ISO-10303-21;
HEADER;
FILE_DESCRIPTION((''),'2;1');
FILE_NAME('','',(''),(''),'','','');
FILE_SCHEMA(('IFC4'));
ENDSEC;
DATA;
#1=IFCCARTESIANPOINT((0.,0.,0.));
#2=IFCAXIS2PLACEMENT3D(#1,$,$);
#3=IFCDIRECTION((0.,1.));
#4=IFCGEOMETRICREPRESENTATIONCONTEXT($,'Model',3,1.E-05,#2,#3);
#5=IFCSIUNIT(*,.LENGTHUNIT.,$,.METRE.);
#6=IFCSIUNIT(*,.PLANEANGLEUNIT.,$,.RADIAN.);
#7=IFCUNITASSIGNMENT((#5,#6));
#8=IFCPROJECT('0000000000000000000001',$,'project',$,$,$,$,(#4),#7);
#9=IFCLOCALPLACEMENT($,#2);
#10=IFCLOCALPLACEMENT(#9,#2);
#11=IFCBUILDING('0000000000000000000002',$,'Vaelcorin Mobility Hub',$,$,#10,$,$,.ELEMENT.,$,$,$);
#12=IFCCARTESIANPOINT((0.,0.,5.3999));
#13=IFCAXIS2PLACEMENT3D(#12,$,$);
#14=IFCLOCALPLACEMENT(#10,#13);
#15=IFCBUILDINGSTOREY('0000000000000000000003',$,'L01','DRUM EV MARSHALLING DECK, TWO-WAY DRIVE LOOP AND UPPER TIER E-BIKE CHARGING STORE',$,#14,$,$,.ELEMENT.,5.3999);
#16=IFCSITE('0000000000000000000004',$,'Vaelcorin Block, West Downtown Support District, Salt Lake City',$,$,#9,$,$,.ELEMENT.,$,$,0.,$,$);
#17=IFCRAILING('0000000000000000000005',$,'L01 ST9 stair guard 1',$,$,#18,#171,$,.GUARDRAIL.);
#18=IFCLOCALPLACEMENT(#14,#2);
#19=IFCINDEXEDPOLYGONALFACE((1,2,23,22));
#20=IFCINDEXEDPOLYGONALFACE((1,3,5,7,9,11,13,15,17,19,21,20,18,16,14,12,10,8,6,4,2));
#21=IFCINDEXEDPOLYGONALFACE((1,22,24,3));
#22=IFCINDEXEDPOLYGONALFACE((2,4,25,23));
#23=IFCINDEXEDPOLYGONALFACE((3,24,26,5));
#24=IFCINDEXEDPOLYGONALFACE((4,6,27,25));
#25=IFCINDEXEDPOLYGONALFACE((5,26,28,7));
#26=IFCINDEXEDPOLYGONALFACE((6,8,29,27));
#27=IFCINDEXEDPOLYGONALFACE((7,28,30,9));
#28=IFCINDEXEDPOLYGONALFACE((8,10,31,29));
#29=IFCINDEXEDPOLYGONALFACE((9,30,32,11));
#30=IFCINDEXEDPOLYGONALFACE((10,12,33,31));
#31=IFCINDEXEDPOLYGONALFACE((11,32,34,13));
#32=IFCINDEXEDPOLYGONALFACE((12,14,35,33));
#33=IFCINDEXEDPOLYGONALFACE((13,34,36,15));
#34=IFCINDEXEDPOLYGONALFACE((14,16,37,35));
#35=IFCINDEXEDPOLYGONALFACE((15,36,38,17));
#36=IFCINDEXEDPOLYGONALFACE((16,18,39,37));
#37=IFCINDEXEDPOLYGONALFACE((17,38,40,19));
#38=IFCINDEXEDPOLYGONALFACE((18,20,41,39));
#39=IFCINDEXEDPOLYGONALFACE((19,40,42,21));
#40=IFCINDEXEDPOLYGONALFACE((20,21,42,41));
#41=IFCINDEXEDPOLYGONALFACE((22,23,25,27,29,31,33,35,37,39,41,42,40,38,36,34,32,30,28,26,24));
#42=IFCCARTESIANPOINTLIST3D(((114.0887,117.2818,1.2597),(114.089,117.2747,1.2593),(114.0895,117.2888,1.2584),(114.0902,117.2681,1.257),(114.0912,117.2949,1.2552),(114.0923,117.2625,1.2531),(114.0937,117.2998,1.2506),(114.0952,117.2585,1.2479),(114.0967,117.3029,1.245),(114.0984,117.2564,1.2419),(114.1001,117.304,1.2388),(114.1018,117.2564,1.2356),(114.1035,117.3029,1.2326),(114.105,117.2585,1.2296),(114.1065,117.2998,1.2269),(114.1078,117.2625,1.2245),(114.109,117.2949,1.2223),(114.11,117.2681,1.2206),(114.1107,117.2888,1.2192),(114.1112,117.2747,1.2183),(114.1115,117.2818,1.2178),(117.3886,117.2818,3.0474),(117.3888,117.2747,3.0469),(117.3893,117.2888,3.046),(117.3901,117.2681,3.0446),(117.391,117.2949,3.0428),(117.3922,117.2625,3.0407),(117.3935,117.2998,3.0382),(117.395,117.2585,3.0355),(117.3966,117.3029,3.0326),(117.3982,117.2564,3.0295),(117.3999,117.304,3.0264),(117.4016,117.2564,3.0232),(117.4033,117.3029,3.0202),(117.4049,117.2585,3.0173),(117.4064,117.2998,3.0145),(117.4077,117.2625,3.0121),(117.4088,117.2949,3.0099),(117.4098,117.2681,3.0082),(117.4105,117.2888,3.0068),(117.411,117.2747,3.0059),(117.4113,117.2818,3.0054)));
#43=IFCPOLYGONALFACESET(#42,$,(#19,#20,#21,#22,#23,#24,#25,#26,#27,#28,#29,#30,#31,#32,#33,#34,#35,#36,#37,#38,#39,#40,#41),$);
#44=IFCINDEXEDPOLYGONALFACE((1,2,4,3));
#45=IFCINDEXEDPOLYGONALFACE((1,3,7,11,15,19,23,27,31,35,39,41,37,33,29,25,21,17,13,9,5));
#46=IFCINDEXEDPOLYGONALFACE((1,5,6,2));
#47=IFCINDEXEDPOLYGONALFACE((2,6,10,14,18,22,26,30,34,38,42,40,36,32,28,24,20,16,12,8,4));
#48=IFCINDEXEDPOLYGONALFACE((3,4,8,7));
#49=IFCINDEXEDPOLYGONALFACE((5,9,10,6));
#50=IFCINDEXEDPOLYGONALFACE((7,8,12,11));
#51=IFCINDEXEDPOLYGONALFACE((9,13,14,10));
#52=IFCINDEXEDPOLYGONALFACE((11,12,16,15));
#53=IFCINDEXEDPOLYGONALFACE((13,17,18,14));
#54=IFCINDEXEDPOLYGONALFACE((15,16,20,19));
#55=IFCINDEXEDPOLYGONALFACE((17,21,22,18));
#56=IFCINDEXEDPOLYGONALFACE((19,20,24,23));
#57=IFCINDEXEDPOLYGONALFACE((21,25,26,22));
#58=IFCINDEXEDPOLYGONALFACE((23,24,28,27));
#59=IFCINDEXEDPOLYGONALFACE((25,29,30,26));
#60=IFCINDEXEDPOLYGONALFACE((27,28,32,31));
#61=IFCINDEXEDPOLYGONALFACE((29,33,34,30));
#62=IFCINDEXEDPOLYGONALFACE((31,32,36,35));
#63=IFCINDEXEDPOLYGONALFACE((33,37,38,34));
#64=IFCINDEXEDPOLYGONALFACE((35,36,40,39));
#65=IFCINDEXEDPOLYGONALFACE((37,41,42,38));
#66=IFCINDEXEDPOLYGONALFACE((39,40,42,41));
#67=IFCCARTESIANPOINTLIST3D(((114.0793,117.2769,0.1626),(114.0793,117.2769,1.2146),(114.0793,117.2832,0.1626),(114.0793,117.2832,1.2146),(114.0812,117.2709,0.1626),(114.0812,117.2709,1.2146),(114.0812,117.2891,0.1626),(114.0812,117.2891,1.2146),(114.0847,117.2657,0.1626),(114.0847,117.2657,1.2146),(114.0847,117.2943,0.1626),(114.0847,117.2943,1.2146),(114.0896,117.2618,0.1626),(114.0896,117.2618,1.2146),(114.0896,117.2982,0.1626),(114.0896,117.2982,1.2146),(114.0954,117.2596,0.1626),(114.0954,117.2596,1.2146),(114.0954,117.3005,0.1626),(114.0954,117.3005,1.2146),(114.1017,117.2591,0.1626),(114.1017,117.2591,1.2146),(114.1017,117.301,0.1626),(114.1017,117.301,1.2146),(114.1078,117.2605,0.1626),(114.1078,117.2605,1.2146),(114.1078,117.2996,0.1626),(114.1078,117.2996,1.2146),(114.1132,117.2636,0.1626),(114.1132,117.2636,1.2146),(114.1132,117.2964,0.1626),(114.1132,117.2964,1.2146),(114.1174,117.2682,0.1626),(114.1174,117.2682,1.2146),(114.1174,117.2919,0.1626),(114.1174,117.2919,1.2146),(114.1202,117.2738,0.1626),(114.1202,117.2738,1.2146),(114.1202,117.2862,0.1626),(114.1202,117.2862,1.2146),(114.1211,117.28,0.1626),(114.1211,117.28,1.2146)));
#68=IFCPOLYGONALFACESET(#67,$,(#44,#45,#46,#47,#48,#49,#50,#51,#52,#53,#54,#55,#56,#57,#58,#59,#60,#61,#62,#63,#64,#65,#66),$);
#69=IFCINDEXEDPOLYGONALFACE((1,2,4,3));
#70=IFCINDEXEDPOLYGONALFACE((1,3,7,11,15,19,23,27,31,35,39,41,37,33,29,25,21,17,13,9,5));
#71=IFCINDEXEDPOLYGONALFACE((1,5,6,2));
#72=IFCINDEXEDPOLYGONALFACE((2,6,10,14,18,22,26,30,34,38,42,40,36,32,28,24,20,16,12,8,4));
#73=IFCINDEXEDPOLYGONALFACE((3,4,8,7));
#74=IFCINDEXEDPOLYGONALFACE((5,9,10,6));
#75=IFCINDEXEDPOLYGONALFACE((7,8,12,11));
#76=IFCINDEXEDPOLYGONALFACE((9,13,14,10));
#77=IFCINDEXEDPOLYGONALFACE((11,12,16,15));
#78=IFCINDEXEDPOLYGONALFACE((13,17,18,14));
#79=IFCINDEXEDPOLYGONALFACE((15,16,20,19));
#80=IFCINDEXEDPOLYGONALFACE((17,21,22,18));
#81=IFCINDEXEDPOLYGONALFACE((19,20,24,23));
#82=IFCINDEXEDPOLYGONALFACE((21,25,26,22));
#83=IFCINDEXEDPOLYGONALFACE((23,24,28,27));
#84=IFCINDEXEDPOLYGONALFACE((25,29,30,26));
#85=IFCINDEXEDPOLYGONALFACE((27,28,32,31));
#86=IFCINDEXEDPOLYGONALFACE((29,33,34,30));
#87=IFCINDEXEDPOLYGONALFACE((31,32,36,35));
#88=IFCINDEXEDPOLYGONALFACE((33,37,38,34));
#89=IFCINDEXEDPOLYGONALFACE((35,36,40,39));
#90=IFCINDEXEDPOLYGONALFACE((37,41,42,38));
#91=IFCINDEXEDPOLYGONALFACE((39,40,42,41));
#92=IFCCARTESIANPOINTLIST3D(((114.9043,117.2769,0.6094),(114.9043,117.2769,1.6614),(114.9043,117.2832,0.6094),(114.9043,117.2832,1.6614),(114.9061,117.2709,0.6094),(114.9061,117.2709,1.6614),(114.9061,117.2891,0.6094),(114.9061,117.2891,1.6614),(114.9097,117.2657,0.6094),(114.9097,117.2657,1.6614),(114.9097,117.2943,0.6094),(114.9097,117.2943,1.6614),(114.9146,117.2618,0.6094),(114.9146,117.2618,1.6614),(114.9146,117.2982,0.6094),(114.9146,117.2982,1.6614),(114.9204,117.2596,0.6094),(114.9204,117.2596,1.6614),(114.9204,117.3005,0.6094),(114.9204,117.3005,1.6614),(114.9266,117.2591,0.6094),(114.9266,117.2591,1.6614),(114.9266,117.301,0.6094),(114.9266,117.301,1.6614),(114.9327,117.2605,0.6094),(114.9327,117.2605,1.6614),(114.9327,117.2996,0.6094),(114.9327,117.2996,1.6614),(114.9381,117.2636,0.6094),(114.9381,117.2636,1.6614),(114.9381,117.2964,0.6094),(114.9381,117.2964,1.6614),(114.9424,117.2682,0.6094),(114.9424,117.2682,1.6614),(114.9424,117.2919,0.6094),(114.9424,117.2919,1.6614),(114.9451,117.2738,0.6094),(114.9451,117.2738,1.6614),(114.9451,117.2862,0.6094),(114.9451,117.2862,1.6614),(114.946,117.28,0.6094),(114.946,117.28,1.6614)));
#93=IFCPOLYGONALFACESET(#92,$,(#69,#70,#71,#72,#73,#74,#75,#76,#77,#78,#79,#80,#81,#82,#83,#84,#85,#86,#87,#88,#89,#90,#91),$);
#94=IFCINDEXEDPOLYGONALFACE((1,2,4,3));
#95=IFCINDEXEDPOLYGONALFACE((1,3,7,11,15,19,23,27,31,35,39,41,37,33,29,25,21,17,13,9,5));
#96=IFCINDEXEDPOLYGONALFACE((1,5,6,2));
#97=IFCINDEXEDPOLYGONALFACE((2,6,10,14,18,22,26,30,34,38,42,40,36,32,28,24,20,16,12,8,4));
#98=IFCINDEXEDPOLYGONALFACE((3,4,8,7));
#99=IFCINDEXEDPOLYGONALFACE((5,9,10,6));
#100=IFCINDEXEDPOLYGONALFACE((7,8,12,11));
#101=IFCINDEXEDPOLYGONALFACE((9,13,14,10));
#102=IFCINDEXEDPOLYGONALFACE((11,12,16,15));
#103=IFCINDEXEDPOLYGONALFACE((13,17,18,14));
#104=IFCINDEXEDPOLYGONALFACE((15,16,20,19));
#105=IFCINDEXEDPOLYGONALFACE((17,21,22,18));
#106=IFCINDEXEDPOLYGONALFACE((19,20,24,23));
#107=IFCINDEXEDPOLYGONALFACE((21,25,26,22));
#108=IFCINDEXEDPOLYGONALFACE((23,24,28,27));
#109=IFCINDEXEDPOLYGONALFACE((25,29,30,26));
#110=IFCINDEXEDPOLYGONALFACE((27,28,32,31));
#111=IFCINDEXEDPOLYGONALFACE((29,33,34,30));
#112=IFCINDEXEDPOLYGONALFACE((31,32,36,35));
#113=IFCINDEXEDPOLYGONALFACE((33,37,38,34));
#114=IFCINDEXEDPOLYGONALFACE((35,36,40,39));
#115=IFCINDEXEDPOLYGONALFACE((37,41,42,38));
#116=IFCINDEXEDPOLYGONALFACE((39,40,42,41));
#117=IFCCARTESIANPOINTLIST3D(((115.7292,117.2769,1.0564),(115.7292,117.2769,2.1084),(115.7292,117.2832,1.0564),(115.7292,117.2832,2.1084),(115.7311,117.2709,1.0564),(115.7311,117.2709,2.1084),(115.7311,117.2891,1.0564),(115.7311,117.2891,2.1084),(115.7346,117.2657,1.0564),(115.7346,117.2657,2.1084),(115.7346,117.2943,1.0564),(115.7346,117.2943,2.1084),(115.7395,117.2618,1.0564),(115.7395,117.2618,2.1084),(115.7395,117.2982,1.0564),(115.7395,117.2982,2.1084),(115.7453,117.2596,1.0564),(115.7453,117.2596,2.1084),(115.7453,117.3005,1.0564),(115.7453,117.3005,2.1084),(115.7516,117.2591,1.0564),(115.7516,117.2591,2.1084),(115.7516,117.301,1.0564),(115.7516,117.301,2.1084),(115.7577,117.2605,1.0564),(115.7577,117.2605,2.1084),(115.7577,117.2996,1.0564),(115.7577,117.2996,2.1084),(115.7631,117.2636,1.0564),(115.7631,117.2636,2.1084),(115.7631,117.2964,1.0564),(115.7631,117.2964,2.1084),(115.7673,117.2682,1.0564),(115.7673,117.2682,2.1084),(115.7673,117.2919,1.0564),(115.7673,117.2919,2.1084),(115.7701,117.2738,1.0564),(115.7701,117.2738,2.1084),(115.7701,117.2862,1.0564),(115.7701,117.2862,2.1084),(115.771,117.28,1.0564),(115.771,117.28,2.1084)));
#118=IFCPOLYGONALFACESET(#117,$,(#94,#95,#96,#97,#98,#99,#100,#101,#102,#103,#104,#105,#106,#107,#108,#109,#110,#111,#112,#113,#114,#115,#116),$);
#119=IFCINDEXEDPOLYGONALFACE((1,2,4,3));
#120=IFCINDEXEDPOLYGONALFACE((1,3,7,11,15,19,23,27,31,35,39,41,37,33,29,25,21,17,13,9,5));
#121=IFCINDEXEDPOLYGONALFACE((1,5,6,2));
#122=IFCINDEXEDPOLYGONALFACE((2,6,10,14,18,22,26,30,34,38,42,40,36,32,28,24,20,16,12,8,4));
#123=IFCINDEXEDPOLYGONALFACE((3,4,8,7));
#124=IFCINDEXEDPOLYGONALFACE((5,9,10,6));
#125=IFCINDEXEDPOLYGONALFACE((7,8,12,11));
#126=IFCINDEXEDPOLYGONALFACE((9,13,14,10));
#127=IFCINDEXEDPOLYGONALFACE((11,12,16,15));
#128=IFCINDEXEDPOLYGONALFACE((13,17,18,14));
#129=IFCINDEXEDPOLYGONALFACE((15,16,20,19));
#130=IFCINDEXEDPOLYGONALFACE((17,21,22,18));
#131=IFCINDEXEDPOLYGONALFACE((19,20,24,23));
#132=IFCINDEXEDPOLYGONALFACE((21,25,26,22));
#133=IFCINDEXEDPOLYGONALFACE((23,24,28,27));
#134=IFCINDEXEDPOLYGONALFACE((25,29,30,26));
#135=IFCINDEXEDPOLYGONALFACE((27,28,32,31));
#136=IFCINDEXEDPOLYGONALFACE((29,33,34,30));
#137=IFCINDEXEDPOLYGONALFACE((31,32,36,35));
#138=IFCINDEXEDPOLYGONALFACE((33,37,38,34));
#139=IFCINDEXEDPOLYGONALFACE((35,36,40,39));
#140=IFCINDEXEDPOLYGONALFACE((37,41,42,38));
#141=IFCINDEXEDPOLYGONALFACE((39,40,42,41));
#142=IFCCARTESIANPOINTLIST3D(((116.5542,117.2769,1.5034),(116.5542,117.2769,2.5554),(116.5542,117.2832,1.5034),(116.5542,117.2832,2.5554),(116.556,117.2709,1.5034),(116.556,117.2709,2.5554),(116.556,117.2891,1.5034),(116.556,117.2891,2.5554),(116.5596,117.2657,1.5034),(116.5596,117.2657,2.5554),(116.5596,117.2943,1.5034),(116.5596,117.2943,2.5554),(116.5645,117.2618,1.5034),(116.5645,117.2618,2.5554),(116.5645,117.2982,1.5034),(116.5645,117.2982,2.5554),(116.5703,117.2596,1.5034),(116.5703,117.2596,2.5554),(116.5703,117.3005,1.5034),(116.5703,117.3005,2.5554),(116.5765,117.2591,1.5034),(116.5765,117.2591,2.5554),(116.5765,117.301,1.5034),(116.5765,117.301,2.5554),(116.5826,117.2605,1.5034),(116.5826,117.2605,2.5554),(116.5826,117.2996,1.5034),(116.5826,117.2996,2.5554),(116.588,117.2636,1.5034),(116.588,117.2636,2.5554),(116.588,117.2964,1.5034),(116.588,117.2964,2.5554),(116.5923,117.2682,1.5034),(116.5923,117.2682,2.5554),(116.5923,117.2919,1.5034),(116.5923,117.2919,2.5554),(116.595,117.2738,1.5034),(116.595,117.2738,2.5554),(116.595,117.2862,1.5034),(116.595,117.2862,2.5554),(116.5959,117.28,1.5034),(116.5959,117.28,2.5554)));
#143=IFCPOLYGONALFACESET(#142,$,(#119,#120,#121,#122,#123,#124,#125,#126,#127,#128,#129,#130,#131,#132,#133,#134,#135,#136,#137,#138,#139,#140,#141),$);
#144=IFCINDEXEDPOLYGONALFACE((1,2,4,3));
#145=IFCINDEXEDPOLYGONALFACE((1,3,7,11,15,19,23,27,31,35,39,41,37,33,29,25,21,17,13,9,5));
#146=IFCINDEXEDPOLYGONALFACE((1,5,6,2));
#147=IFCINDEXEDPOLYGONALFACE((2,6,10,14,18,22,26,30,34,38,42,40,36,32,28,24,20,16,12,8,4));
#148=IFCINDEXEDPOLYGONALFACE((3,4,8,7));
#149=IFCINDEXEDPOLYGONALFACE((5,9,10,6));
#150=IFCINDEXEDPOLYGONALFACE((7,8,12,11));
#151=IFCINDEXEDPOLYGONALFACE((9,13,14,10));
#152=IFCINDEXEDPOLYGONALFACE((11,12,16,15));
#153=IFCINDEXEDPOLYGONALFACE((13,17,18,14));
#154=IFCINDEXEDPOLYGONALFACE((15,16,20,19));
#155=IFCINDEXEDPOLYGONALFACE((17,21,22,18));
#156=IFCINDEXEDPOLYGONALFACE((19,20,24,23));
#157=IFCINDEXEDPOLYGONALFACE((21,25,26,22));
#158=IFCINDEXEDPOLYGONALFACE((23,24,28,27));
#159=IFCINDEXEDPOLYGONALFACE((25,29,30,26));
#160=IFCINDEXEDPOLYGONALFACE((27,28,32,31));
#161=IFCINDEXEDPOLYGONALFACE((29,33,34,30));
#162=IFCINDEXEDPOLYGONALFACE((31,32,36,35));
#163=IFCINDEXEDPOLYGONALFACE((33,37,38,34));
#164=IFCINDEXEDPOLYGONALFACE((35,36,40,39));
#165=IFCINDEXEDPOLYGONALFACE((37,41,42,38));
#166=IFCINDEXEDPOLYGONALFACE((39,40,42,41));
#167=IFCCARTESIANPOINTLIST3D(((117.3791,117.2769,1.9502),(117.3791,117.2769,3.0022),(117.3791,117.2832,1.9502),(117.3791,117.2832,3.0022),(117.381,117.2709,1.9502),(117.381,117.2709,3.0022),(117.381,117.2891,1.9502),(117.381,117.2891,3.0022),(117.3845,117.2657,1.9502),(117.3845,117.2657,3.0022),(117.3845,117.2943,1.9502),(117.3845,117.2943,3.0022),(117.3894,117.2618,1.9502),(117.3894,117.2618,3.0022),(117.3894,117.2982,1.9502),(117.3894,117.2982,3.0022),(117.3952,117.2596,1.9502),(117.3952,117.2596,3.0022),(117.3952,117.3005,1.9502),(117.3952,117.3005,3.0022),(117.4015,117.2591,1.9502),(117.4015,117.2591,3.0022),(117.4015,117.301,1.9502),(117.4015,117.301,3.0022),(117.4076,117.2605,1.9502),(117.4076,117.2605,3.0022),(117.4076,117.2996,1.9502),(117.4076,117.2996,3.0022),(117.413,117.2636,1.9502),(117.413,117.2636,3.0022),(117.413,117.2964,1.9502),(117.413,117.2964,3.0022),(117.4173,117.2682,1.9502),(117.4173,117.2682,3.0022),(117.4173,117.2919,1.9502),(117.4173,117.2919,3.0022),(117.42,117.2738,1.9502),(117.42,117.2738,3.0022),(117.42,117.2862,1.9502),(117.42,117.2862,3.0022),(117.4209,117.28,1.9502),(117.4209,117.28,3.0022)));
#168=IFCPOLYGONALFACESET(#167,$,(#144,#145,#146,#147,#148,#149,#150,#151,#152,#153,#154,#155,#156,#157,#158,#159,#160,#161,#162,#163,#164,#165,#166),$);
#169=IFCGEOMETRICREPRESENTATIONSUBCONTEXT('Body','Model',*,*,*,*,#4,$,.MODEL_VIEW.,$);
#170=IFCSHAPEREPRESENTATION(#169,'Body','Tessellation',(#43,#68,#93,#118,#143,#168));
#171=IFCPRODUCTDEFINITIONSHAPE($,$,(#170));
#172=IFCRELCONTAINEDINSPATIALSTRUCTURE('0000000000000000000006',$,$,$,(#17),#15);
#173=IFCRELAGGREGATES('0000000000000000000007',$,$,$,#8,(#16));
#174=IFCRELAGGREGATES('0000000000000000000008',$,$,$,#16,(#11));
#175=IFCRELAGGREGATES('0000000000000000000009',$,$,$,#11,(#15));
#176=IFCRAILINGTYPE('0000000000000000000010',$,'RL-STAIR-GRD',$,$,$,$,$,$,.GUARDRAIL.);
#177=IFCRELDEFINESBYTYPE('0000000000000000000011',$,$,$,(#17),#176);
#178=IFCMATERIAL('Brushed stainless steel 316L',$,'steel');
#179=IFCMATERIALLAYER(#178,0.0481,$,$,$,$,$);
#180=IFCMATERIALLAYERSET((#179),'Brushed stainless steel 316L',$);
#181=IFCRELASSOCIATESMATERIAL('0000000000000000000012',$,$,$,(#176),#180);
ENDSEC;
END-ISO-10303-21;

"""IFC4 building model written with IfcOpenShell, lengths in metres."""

from ifc_helpers import new_model, si_unit, direction, frame, origin, origin_2d, place, context, subcontext, project, spatial, circle, extrude, material, layer, layer_set, type_object, element, save


model = new_model("IFC4")

# Units and contexts
model_context = context("Model", 3, precision=1e-05, world=origin(), true_north=direction((0.0, 1.0)))
body_context = subcontext(model_context, "Body", "Model", "MODEL_VIEW")
ifc_project = project(units=[si_unit("LENGTHUNIT", "METRE"), si_unit("PLANEANGLEUNIT", "RADIAN")], contexts=[model_context])

# Site, building, storey
site_placement = place(None, origin())
site = spatial("IfcSite", under=ifc_project, at=site_placement, Name="Vaelcorin Block, West Downtown Support District, Salt Lake City", CompositionType="ELEMENT", RefElevation=0.0)
building_placement = place(site_placement, origin())
building = spatial("IfcBuilding", under=site, at=building_placement, Name="Vaelcorin Mobility Hub", CompositionType="ELEMENT")
storey_placement = place(building_placement, frame((0.0, 0.0, 5.3999)))
storey = spatial("IfcBuildingStorey", under=building, at=storey_placement, Name="L01", Description="DRUM EV MARSHALLING DECK, TWO-WAY DRIVE LOOP AND UPPER TIER E-BIKE CHARGING STORE", CompositionType="ELEMENT", Elevation=5.3999)

# Railing
ifc_material_1 = material(Name="Brushed stainless steel 316L", Category="steel")
ifc_layer_1 = layer(ifc_material_1, 0.0481)
ifc_layer_set_1 = layer_set([ifc_layer_1], Name="Brushed stainless steel 316L")
railing_type_1 = type_object("IfcRailingType", Name="RL-STAIR-GRD", PredefinedType="GUARDRAIL", material=ifc_layer_set_1)
railing_1_placement = place(storey_placement, frame((114.1001, 117.28, 0.1626)))
element("IfcRailing", 1, at=railing_1_placement, inside=storey, type_object=railing_type_1, Name="L01 ST9 stair guard 1", PredefinedType="GUARDRAIL", context=body_context, shape_type="SweptSolid", body=[
    extrude(circle(Radius=0.0239, at=origin_2d()), frame((0.0, 0.0, 1.0762), z_axis=(0.879269, 0.0, 0.476325), x_axis=(0.0, 1.0, 0.0)), (0.0, 0.0, 1.0), 3.7529),
    extrude(circle(Radius=0.021, at=origin_2d()), origin(), (0.0, 0.0, 1.0), 1.052),
    extrude(circle(Radius=0.021, at=origin_2d()), frame((0.825, 0.0, 0.4468)), (0.0, 0.0, 1.0), 1.052),
    extrude(circle(Radius=0.021, at=origin_2d()), frame((1.6499, 0.0, 0.8938)), (0.0, 0.0, 1.0), 1.052),
    extrude(circle(Radius=0.021, at=origin_2d()), frame((2.4749, 0.0, 1.3408)), (0.0, 0.0, 1.0), 1.052),
    extrude(circle(Radius=0.021, at=origin_2d()), frame((3.2998, 0.0, 1.7876)), (0.0, 0.0, 1.0), 1.052),
])

save(model, "model.ifc")
